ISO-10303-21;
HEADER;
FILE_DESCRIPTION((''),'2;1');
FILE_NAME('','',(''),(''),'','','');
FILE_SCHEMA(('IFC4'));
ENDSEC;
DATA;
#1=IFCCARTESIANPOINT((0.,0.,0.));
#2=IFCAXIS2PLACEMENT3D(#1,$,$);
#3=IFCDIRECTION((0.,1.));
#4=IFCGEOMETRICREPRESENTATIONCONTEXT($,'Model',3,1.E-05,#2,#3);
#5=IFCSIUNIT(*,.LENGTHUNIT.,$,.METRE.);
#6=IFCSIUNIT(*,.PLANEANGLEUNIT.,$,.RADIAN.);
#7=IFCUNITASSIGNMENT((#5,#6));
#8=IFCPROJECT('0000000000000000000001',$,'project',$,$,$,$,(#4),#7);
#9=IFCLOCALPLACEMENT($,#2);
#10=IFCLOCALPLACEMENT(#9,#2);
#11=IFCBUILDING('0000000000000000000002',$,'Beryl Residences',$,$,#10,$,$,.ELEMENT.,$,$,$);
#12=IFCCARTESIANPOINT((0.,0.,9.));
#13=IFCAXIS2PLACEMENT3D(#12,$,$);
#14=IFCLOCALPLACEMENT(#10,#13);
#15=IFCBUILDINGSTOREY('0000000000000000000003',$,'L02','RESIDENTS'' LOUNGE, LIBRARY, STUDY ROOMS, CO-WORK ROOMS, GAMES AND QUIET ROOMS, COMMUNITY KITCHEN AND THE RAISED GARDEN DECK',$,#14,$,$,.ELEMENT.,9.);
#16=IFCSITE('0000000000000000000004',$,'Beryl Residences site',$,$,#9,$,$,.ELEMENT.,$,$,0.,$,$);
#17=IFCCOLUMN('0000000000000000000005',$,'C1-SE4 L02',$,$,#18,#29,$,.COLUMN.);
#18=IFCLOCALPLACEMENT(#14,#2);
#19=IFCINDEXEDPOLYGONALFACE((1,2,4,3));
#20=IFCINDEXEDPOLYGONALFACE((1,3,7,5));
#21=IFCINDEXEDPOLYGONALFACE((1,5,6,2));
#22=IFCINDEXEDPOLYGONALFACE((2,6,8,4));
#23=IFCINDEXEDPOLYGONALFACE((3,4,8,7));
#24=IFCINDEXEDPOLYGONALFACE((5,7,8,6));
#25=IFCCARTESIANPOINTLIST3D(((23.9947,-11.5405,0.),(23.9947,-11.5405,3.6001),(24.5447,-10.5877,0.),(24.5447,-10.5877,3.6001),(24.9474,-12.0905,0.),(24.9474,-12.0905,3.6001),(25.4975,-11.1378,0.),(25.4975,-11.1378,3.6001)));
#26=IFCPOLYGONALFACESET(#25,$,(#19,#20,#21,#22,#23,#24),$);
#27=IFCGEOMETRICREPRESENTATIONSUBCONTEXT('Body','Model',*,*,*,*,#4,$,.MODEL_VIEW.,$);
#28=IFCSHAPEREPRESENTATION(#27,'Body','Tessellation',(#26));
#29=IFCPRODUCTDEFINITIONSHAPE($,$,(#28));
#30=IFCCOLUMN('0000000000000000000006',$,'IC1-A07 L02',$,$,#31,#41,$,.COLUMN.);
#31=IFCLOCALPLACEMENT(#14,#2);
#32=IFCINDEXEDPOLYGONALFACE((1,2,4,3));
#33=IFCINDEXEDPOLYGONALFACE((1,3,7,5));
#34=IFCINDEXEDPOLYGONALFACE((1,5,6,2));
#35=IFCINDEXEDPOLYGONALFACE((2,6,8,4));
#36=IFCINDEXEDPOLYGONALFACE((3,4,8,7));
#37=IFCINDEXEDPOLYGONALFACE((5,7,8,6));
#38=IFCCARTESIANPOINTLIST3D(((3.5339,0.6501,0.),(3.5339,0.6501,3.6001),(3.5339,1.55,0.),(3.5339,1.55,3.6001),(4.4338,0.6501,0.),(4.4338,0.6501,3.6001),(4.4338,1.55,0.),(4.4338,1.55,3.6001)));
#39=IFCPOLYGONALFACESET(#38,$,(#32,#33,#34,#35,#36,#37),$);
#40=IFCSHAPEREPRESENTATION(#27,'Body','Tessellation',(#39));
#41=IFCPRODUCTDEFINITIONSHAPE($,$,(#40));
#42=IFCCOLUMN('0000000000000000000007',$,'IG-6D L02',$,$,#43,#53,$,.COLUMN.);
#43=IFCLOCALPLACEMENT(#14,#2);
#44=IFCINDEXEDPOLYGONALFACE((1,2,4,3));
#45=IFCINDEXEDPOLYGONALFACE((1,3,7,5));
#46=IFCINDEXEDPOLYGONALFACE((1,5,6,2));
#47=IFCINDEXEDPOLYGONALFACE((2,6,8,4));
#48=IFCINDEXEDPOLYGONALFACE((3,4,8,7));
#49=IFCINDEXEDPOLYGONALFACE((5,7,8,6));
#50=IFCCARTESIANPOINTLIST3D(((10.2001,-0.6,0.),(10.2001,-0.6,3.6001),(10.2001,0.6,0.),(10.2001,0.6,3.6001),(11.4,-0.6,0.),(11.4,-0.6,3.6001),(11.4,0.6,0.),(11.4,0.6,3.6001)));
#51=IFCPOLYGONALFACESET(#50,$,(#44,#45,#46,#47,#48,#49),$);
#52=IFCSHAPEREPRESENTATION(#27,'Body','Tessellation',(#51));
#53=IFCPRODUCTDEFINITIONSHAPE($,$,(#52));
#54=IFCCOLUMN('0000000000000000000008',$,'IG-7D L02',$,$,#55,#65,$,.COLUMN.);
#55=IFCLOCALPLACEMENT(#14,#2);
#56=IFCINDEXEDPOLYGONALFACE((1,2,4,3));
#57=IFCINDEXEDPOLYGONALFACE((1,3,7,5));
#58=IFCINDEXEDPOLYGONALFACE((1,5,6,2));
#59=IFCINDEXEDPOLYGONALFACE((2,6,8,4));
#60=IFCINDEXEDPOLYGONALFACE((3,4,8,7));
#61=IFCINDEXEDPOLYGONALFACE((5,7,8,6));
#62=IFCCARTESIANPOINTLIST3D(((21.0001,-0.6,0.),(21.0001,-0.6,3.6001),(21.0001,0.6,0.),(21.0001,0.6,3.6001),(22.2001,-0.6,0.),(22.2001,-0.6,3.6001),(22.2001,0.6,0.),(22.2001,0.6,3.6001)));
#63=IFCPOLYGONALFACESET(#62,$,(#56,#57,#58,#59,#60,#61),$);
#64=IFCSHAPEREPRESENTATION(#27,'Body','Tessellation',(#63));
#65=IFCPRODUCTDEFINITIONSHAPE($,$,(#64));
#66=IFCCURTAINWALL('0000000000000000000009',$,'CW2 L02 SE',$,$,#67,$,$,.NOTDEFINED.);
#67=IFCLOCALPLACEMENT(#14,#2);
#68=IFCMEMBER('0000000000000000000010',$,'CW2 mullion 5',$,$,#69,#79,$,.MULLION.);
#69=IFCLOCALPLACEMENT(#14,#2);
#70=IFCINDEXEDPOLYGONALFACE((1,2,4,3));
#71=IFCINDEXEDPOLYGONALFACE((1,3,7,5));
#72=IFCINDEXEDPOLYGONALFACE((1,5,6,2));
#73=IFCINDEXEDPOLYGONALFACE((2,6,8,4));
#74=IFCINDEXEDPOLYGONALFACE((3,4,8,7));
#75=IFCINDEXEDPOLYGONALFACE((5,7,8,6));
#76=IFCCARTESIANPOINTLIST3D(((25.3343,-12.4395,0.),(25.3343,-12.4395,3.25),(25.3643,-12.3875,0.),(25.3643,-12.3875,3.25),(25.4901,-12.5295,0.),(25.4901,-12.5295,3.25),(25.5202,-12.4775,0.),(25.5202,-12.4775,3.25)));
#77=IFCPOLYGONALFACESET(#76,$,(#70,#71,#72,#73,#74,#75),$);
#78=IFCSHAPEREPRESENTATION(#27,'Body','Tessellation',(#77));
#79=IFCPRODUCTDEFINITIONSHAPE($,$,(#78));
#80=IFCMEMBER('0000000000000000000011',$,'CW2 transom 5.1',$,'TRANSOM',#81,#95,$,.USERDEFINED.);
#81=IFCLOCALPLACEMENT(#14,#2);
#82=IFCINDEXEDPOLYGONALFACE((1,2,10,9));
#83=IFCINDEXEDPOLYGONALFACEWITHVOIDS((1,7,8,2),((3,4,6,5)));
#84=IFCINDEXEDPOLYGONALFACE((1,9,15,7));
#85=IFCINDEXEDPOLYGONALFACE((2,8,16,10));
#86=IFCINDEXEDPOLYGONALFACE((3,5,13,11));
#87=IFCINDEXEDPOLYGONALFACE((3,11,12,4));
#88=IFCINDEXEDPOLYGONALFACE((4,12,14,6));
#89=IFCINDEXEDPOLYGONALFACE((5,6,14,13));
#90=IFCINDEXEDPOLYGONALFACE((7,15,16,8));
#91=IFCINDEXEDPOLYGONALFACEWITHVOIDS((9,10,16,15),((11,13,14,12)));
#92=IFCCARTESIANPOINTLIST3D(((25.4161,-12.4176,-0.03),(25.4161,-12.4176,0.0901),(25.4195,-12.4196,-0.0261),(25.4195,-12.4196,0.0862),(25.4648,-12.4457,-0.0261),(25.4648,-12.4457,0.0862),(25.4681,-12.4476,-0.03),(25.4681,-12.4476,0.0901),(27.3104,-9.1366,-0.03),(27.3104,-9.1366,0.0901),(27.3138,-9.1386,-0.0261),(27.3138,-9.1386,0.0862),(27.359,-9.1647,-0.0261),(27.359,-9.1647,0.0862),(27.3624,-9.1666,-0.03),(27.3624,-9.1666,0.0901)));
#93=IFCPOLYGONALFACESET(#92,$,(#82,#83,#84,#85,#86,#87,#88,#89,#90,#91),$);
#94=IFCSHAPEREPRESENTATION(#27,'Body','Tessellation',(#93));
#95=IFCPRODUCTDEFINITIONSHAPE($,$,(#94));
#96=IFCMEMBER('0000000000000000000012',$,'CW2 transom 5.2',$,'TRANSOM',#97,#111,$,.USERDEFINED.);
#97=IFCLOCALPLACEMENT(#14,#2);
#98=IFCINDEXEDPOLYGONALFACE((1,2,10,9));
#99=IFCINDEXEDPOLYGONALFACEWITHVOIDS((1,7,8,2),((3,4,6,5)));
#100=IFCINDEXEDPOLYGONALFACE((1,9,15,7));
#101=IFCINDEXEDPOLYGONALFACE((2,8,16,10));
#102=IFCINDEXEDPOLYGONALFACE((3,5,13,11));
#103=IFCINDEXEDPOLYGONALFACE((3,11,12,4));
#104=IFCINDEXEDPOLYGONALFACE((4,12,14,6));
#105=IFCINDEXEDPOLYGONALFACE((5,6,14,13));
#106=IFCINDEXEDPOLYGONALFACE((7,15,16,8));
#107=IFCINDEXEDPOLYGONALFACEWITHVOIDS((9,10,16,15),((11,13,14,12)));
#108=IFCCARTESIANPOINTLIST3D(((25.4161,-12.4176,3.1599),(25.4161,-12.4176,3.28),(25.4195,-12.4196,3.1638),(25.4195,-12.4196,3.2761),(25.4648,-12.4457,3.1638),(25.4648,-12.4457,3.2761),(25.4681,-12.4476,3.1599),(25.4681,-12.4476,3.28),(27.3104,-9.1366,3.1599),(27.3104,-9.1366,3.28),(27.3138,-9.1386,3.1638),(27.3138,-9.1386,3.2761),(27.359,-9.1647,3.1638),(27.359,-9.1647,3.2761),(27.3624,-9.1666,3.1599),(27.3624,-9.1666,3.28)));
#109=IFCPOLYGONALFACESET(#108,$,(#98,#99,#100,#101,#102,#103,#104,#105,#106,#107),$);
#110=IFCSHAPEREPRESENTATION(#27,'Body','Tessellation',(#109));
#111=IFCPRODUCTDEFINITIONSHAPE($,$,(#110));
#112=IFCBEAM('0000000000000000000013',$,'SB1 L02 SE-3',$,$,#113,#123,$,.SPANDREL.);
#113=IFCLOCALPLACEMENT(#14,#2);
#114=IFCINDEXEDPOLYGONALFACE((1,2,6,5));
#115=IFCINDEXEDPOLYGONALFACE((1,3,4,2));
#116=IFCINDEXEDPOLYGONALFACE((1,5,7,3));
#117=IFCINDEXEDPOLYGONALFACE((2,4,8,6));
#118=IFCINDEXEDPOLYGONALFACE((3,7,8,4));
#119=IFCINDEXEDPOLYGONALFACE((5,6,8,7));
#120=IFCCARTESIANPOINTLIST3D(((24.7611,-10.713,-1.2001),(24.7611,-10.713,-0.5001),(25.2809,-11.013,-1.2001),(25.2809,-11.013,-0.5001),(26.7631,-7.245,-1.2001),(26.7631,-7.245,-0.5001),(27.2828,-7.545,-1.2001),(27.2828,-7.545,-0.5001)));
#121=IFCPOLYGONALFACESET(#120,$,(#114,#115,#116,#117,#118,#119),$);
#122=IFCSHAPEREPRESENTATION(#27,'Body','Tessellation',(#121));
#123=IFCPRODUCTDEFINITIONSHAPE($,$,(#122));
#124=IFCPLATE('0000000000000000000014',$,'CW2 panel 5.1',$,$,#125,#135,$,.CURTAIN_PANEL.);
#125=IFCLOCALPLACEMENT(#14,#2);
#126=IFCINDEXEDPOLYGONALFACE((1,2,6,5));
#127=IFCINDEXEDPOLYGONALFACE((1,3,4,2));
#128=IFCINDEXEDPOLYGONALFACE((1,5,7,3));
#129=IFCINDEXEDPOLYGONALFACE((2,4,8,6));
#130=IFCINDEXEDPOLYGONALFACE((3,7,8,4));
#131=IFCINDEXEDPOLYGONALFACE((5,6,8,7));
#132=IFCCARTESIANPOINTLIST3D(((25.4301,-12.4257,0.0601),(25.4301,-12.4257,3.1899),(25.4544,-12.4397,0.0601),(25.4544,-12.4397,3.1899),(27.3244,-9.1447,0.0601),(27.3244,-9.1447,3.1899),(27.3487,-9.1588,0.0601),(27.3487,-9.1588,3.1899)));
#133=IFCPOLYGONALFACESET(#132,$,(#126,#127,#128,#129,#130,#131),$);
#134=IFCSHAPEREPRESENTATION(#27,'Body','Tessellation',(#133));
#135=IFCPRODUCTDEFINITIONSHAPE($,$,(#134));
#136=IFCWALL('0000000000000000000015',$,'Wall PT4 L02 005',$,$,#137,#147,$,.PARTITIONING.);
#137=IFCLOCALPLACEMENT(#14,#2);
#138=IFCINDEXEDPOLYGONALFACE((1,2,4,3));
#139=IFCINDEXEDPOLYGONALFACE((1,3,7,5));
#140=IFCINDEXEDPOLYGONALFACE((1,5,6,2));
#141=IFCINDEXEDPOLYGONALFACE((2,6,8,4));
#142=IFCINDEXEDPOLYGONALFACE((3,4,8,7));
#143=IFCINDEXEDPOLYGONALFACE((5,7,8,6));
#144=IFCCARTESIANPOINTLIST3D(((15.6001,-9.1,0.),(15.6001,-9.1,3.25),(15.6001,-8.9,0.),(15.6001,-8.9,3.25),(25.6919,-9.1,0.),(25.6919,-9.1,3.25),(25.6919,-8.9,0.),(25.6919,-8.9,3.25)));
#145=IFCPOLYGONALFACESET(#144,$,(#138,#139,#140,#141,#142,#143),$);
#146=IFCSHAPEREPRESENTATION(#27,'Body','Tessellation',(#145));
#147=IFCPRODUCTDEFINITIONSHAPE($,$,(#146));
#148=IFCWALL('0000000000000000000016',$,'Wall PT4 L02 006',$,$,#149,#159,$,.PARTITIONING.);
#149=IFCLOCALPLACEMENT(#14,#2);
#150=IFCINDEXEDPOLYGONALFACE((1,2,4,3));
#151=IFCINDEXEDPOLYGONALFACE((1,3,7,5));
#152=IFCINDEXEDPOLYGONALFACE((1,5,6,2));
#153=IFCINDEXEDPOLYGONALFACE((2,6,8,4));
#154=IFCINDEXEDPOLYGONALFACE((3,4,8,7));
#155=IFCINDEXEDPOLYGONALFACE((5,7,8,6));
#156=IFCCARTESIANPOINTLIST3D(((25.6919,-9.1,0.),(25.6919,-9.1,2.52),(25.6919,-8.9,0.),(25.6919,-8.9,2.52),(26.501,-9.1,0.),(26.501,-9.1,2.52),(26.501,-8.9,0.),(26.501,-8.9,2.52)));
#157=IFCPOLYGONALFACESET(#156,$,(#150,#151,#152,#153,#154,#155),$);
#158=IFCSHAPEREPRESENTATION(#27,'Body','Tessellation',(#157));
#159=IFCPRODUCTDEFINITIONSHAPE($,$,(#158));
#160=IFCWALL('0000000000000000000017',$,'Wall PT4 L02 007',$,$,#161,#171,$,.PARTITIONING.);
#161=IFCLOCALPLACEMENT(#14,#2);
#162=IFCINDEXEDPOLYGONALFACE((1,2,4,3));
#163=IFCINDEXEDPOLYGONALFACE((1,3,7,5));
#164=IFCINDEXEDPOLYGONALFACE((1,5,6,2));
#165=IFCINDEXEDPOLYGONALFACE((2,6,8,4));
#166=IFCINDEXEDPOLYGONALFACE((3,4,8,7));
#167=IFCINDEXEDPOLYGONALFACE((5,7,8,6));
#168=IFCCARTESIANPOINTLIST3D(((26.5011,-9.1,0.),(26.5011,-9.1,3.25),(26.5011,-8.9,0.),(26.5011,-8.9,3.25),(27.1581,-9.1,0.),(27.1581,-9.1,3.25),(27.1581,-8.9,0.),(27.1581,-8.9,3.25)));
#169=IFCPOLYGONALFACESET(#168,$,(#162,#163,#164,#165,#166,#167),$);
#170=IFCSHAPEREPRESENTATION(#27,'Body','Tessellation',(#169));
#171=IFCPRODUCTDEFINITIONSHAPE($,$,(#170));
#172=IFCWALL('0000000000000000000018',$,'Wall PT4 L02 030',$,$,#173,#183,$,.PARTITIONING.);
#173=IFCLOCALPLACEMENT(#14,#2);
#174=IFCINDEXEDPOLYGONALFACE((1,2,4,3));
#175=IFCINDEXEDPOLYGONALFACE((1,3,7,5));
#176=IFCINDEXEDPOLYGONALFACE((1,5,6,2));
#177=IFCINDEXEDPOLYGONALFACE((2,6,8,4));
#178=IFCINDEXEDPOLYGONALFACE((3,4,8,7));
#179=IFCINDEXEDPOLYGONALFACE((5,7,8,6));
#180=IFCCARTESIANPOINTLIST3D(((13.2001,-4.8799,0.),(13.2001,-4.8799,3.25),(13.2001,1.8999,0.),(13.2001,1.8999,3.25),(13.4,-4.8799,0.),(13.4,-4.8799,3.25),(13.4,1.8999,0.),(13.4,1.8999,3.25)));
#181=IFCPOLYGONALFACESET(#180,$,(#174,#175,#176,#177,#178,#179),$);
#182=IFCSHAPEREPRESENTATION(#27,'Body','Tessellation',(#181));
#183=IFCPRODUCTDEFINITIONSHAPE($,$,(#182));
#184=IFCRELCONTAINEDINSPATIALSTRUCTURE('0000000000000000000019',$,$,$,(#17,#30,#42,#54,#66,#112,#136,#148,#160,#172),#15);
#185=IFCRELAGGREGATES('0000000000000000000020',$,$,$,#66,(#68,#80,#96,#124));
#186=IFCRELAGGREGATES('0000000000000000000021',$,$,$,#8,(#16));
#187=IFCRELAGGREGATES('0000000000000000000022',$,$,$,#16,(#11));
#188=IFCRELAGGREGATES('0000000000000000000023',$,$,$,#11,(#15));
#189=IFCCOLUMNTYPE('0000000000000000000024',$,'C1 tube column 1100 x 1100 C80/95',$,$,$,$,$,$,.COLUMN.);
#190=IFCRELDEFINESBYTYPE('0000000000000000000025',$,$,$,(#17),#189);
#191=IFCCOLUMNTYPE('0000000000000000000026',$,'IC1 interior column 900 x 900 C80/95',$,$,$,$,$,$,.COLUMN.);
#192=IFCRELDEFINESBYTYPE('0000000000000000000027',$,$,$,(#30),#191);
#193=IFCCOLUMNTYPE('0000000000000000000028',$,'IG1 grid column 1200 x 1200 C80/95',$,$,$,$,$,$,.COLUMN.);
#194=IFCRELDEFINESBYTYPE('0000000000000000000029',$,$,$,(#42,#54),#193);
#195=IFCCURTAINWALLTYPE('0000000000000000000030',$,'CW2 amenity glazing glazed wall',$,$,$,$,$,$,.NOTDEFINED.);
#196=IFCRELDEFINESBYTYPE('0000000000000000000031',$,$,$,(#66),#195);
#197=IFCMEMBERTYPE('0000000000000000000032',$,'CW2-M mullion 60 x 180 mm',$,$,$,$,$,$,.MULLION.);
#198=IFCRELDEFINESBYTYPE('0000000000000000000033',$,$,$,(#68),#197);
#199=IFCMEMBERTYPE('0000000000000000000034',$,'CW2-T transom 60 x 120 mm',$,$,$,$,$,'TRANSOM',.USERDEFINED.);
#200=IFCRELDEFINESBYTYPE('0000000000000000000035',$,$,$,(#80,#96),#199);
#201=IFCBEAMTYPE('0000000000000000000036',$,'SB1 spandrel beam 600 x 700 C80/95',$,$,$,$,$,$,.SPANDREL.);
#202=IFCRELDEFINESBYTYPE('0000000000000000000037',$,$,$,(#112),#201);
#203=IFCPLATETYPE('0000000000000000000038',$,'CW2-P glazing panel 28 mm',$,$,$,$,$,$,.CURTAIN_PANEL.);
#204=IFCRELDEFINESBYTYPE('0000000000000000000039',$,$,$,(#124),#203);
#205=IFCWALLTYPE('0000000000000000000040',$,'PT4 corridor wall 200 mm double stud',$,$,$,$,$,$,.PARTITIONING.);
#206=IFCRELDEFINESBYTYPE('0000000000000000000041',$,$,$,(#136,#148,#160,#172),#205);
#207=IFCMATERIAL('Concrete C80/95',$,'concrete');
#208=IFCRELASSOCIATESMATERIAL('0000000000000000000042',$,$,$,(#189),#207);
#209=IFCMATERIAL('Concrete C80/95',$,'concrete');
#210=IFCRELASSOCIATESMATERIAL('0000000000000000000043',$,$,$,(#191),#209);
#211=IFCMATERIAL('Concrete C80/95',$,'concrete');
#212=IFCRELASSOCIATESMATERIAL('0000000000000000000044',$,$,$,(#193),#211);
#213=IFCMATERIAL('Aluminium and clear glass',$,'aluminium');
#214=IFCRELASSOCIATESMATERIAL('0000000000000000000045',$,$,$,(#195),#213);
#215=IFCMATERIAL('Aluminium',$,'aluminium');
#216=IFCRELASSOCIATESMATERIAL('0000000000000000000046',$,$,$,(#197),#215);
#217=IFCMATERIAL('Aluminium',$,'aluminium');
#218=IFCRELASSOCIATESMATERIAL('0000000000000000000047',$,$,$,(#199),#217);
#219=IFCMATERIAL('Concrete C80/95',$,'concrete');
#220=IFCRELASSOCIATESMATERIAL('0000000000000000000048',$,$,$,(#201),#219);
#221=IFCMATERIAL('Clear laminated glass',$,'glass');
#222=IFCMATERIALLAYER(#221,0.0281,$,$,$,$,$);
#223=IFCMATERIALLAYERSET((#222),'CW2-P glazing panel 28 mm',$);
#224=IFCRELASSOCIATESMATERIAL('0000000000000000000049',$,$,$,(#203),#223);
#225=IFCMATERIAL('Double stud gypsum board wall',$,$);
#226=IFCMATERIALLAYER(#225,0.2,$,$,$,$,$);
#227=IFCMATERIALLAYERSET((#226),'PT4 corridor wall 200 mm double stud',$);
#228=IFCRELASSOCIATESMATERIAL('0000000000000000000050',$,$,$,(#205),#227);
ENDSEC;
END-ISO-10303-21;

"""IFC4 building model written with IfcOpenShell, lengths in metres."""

from ifc_helpers import new_model, si_unit, direction, frame, frame_2d, origin, origin_2d, place, context, subcontext, project, spatial, rectangle, hollow_rectangle, extrude, material, layer, layer_set, material_profile, profile_set, type_object, element, aggregate, save


model = new_model("IFC4")

# Units and contexts
model_context = context("Model", 3, precision=1e-05, world=origin(), true_north=direction((0.0, 1.0)))
body_context = subcontext(model_context, "Body", "Model", "MODEL_VIEW")
ifc_project = project(units=[si_unit("LENGTHUNIT", "METRE"), si_unit("PLANEANGLEUNIT", "RADIAN")], contexts=[model_context])

# Site, building, storey
site_placement = place(None, origin())
site = spatial("IfcSite", under=ifc_project, at=site_placement, Name="Beryl Residences site", CompositionType="ELEMENT", RefElevation=0.0)
building_placement = place(site_placement, origin())
building = spatial("IfcBuilding", under=site, at=building_placement, Name="Beryl Residences", CompositionType="ELEMENT")
storey_placement = place(building_placement, frame((0.0, 0.0, 9.0)))
storey = spatial("IfcBuildingStorey", under=building, at=storey_placement, Name="L02", Description="RESIDENTS' LOUNGE, LIBRARY, STUDY ROOMS, CO-WORK ROOMS, GAMES AND QUIET ROOMS, COMMUNITY KITCHEN AND THE RAISED GARDEN DECK", CompositionType="ELEMENT", Elevation=9.0)

# Columns
ifc_material_1 = material(Name="Concrete C80/95", Category="concrete")
ifc_material_profile_1 = material_profile(ifc_material_1, rectangle(XDim=1.1001, YDim=1.1001, at=origin_2d()))
ifc_profile_set_1 = profile_set([ifc_material_profile_1], Name="Concrete C80/95")
column_type_1 = type_object("IfcColumnType", Name="C1 tube column 1100 x 1100 C80/95", PredefinedType="COLUMN", material=ifc_profile_set_1)
column_1_placement = place(storey_placement, frame((24.7461, -11.3391, 0.0), z_axis=(0.0, 0.0, 1.0), x_axis=(0.499985, 0.866034, 0.0)))
element("IfcColumn", 1, at=column_1_placement, inside=storey, type_object=column_type_1, Name="C1-SE4 L02", PredefinedType="COLUMN", context=body_context, shape_type="SweptSolid", body=[
    extrude(rectangle(XDim=1.1001, YDim=1.1001, at=origin_2d()), origin(), (0.0, 0.0, 1.0), 3.6001),
])
ifc_material_2 = material(Name="Concrete C80/95", Category="concrete")
ifc_material_profile_2 = material_profile(ifc_material_2, rectangle(XDim=0.8999, YDim=0.8999, at=origin_2d()))
ifc_profile_set_2 = profile_set([ifc_material_profile_2], Name="Concrete C80/95")
column_type_2 = type_object("IfcColumnType", Name="IC1 interior column 900 x 900 C80/95", PredefinedType="COLUMN", material=ifc_profile_set_2)
column_2_placement = place(storey_placement, frame((3.9839, 1.1001, 0.0), z_axis=(0.0, 0.0, 1.0), x_axis=(1.0, 0.0, 0.0)))
element("IfcColumn", 2, at=column_2_placement, inside=storey, type_object=column_type_2, Name="IC1-A07 L02", PredefinedType="COLUMN", context=body_context, shape_type="SweptSolid", body=[
    extrude(rectangle(XDim=0.8999, YDim=0.8999, at=origin_2d()), origin(), (0.0, 0.0, 1.0), 3.6001),
])
ifc_material_3 = material(Name="Concrete C80/95", Category="concrete")
ifc_material_profile_3 = material_profile(ifc_material_3, rectangle(XDim=1.2, YDim=1.2, at=origin_2d()))
ifc_profile_set_3 = profile_set([ifc_material_profile_3], Name="Concrete C80/95")
column_type_3 = type_object("IfcColumnType", Name="IG1 grid column 1200 x 1200 C80/95", PredefinedType="COLUMN", material=ifc_profile_set_3)
for number, where, z_axis, x_axis, name in (
    (3, (10.8, 0.0, 0.0), (0.0, 0.0, 1.0), (1.0, 0.0, 0.0), "IG-6D L02"),
    (4, (21.6001, 0.0, 0.0), (0.0, 0.0, 1.0), (1.0, 0.0, 0.0), "IG-7D L02"),
):
    element("IfcColumn", number, at=place(storey_placement, frame(where, z_axis=z_axis, x_axis=x_axis)), inside=storey, type_object=column_type_3, Name=name, PredefinedType="COLUMN", context=body_context, shape_type="SweptSolid", body=[
        extrude(rectangle(XDim=1.2, YDim=1.2, at=origin_2d()), origin(), (0.0, 0.0, 1.0), 3.6001),
    ])

# Curtain wall, members
ifc_material_4 = material(Name="Aluminium and clear glass", Category="aluminium")
curtain_wall_type = type_object("IfcCurtainWallType", Name="CW2 amenity glazing glazed wall", PredefinedType="NOTDEFINED", material=ifc_material_4)
curtain_wall_placement = place(storey_placement, origin())
curtain_wall = element("IfcCurtainWall", 5, at=curtain_wall_placement, inside=storey, type_object=curtain_wall_type, Name="CW2 L02 SE", PredefinedType="NOTDEFINED")
ifc_material_5 = material(Name="Aluminium", Category="aluminium")
ifc_material_profile_4 = material_profile(ifc_material_5, rectangle(XDim=0.0601, YDim=0.1799, at=origin_2d()))
ifc_profile_set_4 = profile_set([ifc_material_profile_4], Name="Aluminium")
member_type_1 = type_object("IfcMemberType", Name="CW2-M mullion 60 x 180 mm", PredefinedType="MULLION", material=ifc_profile_set_4)
member_1_placement = place(storey_placement, frame((25.4272, -12.4585, 0.0), z_axis=(0.0, 0.0, 1.0), x_axis=(0.500012, 0.866019, 0.0)))
member_1 = element("IfcMember", 6, at=member_1_placement, type_object=member_type_1, Name="CW2 mullion 5", PredefinedType="MULLION", context=body_context, shape_type="SweptSolid", body=[
    extrude(rectangle(XDim=0.0601, YDim=0.1799, at=origin_2d()), origin(), (0.0, 0.0, 1.0), 3.25),
])
ifc_material_6 = material(Name="Aluminium", Category="aluminium")
ifc_material_profile_5 = material_profile(ifc_material_6, hollow_rectangle(XDim=0.0601, YDim=0.1201, WallThickness=0.0039, at=origin_2d()))
ifc_profile_set_5 = profile_set([ifc_material_profile_5], Name="Aluminium")
member_type_2 = type_object("IfcMemberType", Name="CW2-T transom 60 x 120 mm", ElementType="TRANSOM", PredefinedType="USERDEFINED", material=ifc_profile_set_5)
member_2_placement = place(storey_placement, frame((25.4421, -12.4326, 0.03), z_axis=(0.5, 0.866026, 0.0), x_axis=(-0.866026, 0.5, 0.0)))
member_2 = element("IfcMember", 7, at=member_2_placement, type_object=member_type_2, Name="CW2 transom 5.1", ObjectType="TRANSOM", PredefinedType="USERDEFINED", context=body_context, shape_type="SweptSolid", body=[
    extrude(hollow_rectangle(XDim=0.0601, YDim=0.1201, WallThickness=0.0039, at=origin_2d()), origin(), (0.0, 0.0, 1.0), 3.7886),
])
member_3_placement = place(storey_placement, frame((25.4421, -12.4326, 3.22), z_axis=(0.5, 0.866026, 0.0), x_axis=(-0.866026, 0.5, 0.0)))
member_3 = element("IfcMember", 8, at=member_3_placement, type_object=member_type_2, Name="CW2 transom 5.2", ObjectType="TRANSOM", PredefinedType="USERDEFINED", context=body_context, shape_type="SweptSolid", body=[
    extrude(hollow_rectangle(XDim=0.0601, YDim=0.1201, WallThickness=0.0039, at=origin_2d()), origin(), (0.0, 0.0, 1.0), 3.7886),
])

# Beam
ifc_material_7 = material(Name="Concrete C80/95", Category="concrete")
ifc_material_profile_6 = material_profile(ifc_material_7, rectangle(XDim=0.6001, YDim=0.7, at=origin_2d()))
ifc_profile_set_6 = profile_set([ifc_material_profile_6], Name="Concrete C80/95")
beam_type = type_object("IfcBeamType", Name="SB1 spandrel beam 600 x 700 C80/95", PredefinedType="SPANDREL", material=ifc_profile_set_6)
beam_placement = place(storey_placement, frame((25.021, -10.863, -0.8501), z_axis=(0.499942, 0.866059, 0.0), x_axis=(-0.866059, 0.499942, 0.0)))
element("IfcBeam", 9, at=beam_placement, inside=storey, type_object=beam_type, Name="SB1 L02 SE-3", PredefinedType="SPANDREL", context=body_context, shape_type="SweptSolid", body=[
    extrude(rectangle(XDim=0.6001, YDim=0.7, at=origin_2d()), origin(), (0.0, 0.0, 1.0), 4.0044),
])

# Plate
ifc_material_8 = material(Name="Clear laminated glass", Category="glass")
ifc_layer_1 = layer(ifc_material_8, 0.0281)
ifc_layer_set_1 = layer_set([ifc_layer_1], Name="CW2-P glazing panel 28 mm")
plate_type = type_object("IfcPlateType", Name="CW2-P glazing panel 28 mm", PredefinedType="CURTAIN_PANEL", material=ifc_layer_set_1)
plate_placement = place(storey_placement, frame((26.3894, -10.7922, 0.0601), z_axis=(0.0, 0.0, 1.0), x_axis=(0.500012, 0.866019, 0.0)))
plate = element("IfcPlate", 10, at=plate_placement, type_object=plate_type, Name="CW2 panel 5.1", PredefinedType="CURTAIN_PANEL", context=body_context, shape_type="SweptSolid", body=[
    extrude(rectangle(XDim=3.7886, YDim=0.0281, at=origin_2d()), origin(), (0.0, 0.0, 1.0), 3.1299),
])
aggregate(curtain_wall, [member_1, member_2, member_3, plate])

# Walls
ifc_material_9 = material(Name="Double stud gypsum board wall")
ifc_layer_2 = layer(ifc_material_9, 0.2)
ifc_layer_set_2 = layer_set([ifc_layer_2], Name="PT4 corridor wall 200 mm double stud")
wall_type_1 = type_object("IfcWallType", Name="PT4 corridor wall 200 mm double stud", PredefinedType="PARTITIONING", material=ifc_layer_set_2)
wall_1_placement = place(storey_placement, frame((15.6001, -9.0, 0.0), z_axis=(0.0, 0.0, 1.0), x_axis=(1.0, 0.0, 0.0)))
element("IfcWall", 11, at=wall_1_placement, inside=storey, type_object=wall_type_1, Name="Wall PT4 L02 005", PredefinedType="PARTITIONING", context=body_context, shape_type="SweptSolid", body=[
    extrude(rectangle(XDim=10.0918, YDim=0.2, at=frame_2d((5.0459, 0.0))), origin(), (0.0, 0.0, 1.0), 3.25),
])
wall_2_placement = place(storey_placement, frame((25.6919, -9.0, 0.0), z_axis=(0.0, 0.0, 1.0), x_axis=(1.0, 0.0, 0.0)))
element("IfcWall", 12, at=wall_2_placement, inside=storey, type_object=wall_type_1, Name="Wall PT4 L02 006", PredefinedType="PARTITIONING", context=body_context, shape_type="SweptSolid", body=[
    extrude(rectangle(XDim=0.8091, YDim=0.2, at=frame_2d((0.4045, 0.0))), origin(), (0.0, 0.0, 1.0), 2.52),
])
wall_3_placement = place(storey_placement, frame((26.501, -9.0, 0.0), z_axis=(0.0, 0.0, 1.0), x_axis=(1.0, 0.0, 0.0)))
element("IfcWall", 13, at=wall_3_placement, inside=storey, type_object=wall_type_1, Name="Wall PT4 L02 007", PredefinedType="PARTITIONING", context=body_context, shape_type="SweptSolid", body=[
    extrude(rectangle(XDim=0.657, YDim=0.2, at=frame_2d((0.3286, 0.0))), origin(), (0.0, 0.0, 1.0), 3.25),
])
wall_4_placement = place(storey_placement, frame((13.3, -4.8799, 0.0), z_axis=(0.0, 0.0, 1.0), x_axis=(0.0, 1.0, 0.0)))
element("IfcWall", 14, at=wall_4_placement, inside=storey, type_object=wall_type_1, Name="Wall PT4 L02 030", PredefinedType="PARTITIONING", context=body_context, shape_type="SweptSolid", body=[
    extrude(rectangle(XDim=6.7798, YDim=0.2, at=frame_2d((3.3899, 0.0))), origin(), (0.0, 0.0, 1.0), 3.25),
])

save(model, "model.ifc")
